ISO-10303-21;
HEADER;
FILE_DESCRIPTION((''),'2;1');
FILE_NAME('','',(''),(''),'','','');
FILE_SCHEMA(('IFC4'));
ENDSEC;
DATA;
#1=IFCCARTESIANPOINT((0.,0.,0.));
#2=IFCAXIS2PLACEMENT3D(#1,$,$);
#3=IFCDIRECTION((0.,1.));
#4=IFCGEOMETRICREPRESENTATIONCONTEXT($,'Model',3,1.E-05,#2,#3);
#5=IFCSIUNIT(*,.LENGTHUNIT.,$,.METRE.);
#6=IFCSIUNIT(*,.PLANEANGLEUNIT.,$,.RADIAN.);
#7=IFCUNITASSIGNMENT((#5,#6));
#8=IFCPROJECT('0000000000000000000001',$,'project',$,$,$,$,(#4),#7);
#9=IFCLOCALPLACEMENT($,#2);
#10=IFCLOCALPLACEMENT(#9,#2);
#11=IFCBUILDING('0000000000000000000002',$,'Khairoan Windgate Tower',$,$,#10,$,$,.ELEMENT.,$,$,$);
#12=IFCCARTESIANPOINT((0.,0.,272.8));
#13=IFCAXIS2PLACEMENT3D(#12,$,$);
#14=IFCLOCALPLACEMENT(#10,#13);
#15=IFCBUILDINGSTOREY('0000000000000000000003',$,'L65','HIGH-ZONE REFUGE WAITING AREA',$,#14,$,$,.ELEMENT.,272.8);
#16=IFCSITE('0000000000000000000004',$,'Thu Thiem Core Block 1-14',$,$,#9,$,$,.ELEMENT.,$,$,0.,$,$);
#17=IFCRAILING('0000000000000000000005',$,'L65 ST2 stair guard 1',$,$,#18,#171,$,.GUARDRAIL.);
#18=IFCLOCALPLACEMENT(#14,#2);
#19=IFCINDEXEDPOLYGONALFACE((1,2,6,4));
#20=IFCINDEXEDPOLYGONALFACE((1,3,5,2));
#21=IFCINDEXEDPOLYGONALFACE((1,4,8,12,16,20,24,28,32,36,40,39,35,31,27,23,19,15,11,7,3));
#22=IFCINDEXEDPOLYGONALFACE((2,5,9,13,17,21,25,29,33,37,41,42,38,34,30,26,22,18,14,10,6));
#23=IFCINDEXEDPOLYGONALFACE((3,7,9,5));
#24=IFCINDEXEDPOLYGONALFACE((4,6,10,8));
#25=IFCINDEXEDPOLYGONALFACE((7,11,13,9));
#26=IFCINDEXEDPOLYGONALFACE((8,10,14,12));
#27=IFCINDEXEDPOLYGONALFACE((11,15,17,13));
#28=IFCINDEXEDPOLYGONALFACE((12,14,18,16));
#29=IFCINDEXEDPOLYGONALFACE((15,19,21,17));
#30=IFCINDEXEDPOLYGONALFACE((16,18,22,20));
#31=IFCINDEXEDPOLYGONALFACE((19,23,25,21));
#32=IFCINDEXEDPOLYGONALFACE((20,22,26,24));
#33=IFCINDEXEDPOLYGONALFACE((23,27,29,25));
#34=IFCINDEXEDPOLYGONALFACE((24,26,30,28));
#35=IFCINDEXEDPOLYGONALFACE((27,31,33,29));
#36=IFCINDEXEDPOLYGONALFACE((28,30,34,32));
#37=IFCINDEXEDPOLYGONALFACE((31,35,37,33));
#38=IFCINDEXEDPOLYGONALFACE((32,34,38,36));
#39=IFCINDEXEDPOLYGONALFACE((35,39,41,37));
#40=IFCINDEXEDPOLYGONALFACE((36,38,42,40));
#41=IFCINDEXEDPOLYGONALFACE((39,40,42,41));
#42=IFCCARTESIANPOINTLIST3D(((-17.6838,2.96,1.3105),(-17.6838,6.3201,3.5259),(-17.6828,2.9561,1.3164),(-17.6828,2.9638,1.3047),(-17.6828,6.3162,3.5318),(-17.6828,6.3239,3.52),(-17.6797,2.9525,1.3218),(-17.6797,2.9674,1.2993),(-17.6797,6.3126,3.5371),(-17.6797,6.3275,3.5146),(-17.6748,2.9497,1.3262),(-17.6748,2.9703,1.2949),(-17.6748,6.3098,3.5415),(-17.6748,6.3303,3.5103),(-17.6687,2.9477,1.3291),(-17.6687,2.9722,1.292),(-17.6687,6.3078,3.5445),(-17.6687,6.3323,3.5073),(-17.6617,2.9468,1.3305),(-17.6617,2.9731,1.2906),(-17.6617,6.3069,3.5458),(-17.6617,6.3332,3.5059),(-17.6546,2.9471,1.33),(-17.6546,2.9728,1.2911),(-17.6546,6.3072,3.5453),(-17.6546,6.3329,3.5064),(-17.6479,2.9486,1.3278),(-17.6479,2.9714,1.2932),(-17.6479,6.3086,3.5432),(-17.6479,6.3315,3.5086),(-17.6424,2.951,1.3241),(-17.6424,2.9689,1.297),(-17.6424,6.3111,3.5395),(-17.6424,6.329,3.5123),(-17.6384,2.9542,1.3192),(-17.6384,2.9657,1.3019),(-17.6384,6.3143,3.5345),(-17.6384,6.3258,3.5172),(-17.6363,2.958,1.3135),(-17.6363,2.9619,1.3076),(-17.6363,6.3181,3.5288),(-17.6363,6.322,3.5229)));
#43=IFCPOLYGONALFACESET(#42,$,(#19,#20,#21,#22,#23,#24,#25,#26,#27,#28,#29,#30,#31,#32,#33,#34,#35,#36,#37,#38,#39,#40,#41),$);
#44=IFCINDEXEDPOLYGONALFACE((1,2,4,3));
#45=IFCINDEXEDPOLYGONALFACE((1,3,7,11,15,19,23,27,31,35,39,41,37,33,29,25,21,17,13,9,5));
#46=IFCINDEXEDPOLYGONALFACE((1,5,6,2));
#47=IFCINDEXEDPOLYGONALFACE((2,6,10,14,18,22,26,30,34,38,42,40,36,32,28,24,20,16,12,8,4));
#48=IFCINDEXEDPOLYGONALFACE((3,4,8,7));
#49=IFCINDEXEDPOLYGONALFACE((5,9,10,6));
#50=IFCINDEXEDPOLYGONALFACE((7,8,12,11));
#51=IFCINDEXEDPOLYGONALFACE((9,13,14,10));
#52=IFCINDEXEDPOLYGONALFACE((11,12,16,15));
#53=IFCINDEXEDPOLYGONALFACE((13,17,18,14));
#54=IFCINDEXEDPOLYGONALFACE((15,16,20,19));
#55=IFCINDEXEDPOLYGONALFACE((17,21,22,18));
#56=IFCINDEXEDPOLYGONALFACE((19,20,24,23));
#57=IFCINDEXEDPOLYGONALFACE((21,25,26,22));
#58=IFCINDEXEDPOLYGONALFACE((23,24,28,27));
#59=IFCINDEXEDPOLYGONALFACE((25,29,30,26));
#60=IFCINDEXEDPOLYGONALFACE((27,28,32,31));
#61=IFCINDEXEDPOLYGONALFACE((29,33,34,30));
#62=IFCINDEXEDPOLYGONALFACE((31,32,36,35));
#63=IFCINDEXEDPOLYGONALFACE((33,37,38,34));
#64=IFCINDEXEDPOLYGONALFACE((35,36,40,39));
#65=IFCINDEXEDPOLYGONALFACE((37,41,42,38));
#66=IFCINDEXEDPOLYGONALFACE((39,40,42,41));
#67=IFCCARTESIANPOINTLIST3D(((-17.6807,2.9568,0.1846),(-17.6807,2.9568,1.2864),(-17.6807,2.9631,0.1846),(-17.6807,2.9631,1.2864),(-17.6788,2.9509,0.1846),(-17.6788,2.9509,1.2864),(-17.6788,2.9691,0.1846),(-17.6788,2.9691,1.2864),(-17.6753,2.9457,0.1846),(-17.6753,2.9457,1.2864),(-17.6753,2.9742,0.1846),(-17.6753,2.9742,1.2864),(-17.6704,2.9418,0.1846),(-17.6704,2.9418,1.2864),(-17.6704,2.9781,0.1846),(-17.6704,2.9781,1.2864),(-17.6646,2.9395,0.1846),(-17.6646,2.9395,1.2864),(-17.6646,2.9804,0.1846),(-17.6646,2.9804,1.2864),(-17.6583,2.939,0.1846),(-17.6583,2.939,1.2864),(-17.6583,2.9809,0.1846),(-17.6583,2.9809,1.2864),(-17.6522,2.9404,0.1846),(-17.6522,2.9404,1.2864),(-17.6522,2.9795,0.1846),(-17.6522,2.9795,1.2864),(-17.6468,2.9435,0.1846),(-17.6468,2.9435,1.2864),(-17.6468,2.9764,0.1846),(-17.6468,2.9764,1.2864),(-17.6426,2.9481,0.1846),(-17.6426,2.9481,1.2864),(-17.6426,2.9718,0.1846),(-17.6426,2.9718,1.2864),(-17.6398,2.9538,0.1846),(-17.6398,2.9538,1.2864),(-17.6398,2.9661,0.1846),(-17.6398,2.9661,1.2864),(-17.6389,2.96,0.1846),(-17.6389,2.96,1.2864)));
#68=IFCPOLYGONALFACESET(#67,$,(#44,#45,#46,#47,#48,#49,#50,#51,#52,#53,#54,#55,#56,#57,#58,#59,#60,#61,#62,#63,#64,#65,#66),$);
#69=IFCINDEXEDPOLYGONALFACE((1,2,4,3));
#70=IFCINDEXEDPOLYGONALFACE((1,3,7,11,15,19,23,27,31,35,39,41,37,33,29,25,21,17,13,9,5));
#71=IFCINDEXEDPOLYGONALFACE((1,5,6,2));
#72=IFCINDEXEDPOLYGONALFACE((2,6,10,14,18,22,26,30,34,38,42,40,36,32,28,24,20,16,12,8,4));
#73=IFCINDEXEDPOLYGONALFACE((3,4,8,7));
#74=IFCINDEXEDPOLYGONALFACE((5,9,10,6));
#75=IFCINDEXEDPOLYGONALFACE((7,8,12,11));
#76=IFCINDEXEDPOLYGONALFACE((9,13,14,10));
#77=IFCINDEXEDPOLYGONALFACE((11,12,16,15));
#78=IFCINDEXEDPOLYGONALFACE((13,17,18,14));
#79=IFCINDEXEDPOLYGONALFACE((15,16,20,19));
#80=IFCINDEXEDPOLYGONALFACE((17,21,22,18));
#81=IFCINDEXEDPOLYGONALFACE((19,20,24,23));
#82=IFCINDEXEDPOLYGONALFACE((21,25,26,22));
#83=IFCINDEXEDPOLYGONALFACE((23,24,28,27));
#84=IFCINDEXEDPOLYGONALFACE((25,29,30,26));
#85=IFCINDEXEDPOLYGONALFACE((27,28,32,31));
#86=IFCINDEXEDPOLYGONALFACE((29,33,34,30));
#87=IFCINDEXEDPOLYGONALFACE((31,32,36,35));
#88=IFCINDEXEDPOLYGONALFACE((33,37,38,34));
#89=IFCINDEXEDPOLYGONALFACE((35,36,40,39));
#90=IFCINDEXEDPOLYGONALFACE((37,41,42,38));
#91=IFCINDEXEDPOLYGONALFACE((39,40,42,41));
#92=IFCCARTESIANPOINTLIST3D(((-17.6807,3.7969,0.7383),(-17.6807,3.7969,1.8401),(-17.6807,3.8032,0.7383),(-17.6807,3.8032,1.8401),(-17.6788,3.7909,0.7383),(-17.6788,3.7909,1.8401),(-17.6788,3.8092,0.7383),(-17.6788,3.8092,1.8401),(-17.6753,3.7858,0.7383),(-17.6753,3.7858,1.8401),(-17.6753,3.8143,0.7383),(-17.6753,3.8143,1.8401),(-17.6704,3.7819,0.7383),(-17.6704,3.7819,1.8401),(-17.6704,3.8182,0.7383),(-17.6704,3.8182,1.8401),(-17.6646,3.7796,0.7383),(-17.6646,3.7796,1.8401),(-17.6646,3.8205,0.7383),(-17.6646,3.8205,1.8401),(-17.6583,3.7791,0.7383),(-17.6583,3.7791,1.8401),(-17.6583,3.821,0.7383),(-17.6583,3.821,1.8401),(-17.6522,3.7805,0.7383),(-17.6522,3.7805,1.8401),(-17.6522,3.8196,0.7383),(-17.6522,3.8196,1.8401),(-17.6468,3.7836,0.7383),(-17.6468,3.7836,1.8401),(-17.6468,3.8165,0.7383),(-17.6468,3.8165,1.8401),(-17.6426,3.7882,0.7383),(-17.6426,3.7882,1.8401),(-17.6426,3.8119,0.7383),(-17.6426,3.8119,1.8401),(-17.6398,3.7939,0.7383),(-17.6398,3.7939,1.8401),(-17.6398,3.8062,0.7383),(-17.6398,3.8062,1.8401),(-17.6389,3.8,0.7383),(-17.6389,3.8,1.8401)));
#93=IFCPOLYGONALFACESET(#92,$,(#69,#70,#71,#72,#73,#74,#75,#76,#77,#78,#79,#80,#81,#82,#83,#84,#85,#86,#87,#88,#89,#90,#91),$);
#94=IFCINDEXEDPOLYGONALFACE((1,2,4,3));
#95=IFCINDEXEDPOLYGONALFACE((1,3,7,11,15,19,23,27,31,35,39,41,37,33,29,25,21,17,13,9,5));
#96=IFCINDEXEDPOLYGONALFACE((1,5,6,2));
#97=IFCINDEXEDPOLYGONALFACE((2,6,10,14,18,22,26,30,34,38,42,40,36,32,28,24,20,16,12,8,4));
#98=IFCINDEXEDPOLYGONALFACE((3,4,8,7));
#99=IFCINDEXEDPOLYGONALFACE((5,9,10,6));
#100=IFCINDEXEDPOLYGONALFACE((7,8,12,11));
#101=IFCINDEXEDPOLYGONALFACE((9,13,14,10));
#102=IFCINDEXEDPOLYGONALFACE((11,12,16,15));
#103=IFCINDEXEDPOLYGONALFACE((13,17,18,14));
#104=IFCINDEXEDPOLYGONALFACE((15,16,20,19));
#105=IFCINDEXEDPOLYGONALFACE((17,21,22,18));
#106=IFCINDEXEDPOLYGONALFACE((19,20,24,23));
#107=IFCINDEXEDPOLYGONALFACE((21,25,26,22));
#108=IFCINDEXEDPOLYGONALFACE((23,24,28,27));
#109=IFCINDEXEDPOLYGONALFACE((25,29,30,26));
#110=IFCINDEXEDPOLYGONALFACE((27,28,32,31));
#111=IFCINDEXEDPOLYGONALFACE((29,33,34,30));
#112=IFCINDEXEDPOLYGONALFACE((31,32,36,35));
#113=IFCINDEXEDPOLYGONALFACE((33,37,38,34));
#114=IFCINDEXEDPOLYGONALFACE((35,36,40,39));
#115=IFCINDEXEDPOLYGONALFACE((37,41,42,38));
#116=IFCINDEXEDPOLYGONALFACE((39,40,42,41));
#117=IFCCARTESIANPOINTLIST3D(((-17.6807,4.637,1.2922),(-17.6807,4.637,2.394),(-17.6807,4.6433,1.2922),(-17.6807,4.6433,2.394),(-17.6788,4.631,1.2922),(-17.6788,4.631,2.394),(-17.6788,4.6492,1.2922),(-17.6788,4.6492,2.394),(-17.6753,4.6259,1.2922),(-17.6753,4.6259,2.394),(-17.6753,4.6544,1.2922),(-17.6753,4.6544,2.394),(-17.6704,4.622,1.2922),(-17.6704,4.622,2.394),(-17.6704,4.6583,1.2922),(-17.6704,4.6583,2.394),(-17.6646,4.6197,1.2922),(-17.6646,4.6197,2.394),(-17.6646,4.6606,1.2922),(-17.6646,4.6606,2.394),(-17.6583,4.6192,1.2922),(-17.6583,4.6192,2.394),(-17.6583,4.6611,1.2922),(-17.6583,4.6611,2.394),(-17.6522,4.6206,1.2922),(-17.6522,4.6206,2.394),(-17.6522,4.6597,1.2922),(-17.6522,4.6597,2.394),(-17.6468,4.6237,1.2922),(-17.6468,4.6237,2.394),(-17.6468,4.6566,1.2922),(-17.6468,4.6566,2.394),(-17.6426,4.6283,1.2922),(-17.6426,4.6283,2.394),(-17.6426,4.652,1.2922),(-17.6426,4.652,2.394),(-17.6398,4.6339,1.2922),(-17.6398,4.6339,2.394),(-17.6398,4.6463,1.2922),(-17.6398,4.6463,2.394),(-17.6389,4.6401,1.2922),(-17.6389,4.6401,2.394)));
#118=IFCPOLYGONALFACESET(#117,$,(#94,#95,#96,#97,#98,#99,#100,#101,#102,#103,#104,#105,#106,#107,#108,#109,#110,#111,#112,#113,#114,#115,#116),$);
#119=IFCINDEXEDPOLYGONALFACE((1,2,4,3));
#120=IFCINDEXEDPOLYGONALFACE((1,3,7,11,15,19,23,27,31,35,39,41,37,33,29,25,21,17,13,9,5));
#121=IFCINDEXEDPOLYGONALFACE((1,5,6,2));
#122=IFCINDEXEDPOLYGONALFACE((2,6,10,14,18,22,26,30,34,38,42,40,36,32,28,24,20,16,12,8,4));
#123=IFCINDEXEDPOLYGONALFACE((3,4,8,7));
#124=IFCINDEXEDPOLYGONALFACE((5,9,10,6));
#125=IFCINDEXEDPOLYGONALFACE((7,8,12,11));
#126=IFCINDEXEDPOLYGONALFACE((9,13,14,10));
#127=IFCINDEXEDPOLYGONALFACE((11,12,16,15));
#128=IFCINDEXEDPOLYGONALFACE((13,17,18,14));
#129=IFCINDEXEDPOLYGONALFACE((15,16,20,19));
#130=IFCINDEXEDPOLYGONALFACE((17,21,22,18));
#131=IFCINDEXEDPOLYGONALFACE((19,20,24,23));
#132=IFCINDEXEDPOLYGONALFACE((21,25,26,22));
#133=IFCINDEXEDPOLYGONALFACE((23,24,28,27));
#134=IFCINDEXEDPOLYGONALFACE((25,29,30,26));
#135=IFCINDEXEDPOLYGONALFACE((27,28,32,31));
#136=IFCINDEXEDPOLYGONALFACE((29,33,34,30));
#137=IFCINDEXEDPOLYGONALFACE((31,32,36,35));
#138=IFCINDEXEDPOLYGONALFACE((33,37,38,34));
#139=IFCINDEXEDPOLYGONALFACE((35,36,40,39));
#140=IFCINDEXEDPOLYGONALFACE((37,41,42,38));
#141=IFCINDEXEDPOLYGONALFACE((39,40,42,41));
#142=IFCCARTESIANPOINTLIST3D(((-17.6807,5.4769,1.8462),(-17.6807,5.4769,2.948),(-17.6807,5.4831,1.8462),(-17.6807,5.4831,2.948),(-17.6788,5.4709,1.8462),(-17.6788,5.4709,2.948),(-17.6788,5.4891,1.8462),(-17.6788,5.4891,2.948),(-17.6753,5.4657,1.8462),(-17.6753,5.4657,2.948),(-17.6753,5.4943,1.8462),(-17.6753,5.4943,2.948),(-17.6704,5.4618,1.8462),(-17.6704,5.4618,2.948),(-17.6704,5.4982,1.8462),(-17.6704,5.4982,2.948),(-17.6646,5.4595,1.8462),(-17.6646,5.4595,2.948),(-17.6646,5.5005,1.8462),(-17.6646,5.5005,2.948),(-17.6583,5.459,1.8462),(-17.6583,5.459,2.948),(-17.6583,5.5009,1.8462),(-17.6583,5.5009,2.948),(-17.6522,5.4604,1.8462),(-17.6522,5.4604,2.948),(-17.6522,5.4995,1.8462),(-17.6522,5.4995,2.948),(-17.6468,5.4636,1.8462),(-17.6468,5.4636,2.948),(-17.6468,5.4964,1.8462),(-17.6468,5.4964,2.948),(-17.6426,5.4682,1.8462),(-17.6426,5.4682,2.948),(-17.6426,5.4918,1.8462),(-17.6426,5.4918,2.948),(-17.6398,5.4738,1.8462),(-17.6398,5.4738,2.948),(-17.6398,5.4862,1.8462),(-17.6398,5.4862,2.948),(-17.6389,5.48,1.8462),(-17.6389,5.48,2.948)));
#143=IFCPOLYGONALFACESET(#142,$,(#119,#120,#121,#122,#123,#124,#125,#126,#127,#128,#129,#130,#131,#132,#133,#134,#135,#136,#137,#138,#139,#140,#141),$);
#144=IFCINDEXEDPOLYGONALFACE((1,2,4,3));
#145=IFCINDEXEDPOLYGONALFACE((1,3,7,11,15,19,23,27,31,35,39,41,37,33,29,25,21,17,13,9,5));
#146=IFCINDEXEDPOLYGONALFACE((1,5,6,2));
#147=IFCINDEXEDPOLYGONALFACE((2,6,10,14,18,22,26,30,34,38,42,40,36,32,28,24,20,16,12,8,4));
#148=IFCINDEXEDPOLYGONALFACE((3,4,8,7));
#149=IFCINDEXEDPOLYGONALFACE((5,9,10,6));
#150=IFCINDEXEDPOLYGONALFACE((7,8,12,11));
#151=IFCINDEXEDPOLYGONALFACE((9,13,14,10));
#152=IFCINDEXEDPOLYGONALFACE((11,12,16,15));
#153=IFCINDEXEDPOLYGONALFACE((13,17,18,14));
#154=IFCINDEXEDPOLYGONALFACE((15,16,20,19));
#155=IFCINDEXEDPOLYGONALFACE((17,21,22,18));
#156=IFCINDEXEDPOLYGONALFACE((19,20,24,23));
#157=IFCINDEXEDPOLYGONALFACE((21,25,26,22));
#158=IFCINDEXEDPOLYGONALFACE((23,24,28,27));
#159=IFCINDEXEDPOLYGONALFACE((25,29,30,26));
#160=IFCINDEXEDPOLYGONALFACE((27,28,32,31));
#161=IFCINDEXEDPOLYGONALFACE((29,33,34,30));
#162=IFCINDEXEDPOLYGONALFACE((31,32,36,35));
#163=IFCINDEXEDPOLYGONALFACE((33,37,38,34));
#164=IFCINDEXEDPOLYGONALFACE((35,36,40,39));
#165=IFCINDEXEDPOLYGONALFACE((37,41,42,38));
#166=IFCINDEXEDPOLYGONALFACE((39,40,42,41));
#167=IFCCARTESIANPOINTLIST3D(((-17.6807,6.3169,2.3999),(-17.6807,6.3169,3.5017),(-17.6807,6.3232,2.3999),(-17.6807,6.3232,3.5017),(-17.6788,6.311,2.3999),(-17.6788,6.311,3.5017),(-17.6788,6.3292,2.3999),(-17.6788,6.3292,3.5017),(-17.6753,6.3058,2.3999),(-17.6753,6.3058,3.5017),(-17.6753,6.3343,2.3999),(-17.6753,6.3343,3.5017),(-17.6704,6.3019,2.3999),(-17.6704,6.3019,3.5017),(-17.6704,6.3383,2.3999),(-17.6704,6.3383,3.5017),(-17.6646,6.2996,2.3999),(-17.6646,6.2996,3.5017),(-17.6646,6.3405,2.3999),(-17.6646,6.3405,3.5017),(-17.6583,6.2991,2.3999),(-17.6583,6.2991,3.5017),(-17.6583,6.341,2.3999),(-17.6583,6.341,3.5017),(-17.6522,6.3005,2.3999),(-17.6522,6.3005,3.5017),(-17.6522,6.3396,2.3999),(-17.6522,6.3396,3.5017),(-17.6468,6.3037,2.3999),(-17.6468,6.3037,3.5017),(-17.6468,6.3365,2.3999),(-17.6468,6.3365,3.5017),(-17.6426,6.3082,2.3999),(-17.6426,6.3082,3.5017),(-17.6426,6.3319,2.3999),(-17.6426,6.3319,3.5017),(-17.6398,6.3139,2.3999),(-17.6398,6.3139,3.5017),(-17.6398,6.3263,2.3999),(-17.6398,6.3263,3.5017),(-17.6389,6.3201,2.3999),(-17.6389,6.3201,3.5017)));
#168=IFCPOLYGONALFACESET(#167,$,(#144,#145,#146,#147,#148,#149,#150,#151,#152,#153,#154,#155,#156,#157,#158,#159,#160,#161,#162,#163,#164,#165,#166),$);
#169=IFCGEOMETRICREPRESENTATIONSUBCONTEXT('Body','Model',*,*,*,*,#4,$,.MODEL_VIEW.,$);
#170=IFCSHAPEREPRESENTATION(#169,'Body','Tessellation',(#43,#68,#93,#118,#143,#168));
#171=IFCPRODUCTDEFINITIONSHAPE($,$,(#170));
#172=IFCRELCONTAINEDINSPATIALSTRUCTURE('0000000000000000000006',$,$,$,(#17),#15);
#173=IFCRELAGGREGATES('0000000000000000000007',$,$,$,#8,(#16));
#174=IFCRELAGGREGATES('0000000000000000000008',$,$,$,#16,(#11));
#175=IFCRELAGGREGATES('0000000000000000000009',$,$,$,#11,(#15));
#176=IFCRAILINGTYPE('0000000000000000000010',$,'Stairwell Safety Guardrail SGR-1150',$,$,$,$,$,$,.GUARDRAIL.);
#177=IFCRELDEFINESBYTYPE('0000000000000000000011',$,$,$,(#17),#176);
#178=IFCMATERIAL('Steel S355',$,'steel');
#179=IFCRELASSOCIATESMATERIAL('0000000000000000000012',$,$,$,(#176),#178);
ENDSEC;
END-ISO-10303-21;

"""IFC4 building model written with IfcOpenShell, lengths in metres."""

from ifc_helpers import new_model, si_unit, direction, frame, origin, origin_2d, place, context, subcontext, project, spatial, circle, extrude, material, type_object, element, save


model = new_model("IFC4")

# Units and contexts
model_context = context("Model", 3, precision=1e-05, world=origin(), true_north=direction((0.0, 1.0)))
body_context = subcontext(model_context, "Body", "Model", "MODEL_VIEW")
ifc_project = project(units=[si_unit("LENGTHUNIT", "METRE"), si_unit("PLANEANGLEUNIT", "RADIAN")], contexts=[model_context])

# Site, building, storey
site_placement = place(None, origin())
site = spatial("IfcSite", under=ifc_project, at=site_placement, Name="Thu Thiem Core Block 1-14", CompositionType="ELEMENT", RefElevation=0.0)
building_placement = place(site_placement, origin())
building = spatial("IfcBuilding", under=site, at=building_placement, Name="Khairoan Windgate Tower", CompositionType="ELEMENT")
storey_placement = place(building_placement, frame((0.0, 0.0, 272.8)))
storey = spatial("IfcBuildingStorey", under=building, at=storey_placement, Name="L65", Description="HIGH-ZONE REFUGE WAITING AREA", CompositionType="ELEMENT", Elevation=272.8)

# Railing
ifc_material_1 = material(Name="Steel S355", Category="steel")
railing_type_1 = type_object("IfcRailingType", Name="Stairwell Safety Guardrail SGR-1150", PredefinedType="GUARDRAIL", material=ifc_material_1)
railing_1_placement = place(storey_placement, frame((-17.6599, 2.96, 0.1846)))
element("IfcRailing", 1, at=railing_1_placement, inside=storey, type_object=railing_type_1, Name="L65 ST2 stair guard 1", PredefinedType="GUARDRAIL", context=body_context, shape_type="SweptSolid", body=[
    extrude(circle(Radius=0.0239, at=origin_2d()), frame((0.0, 0.0, 1.126), z_axis=(0.0, 0.834876, 0.550437), x_axis=(-1.0, 0.0, 0.0)), (0.0, 0.0, 1.0), 4.0247),
    extrude(circle(Radius=0.021, at=origin_2d()), origin(), (0.0, 0.0, 1.0), 1.1018),
    extrude(circle(Radius=0.021, at=origin_2d()), frame((0.0, 0.8401, 0.5537)), (0.0, 0.0, 1.0), 1.1018),
    extrude(circle(Radius=0.021, at=origin_2d()), frame((0.0, 1.6802, 1.1077)), (0.0, 0.0, 1.0), 1.1018),
    extrude(circle(Radius=0.021, at=origin_2d()), frame((0.0, 2.52, 1.6616)), (0.0, 0.0, 1.0), 1.1018),
    extrude(circle(Radius=0.021, at=origin_2d()), frame((0.0, 3.3601, 2.2153)), (0.0, 0.0, 1.0), 1.1018),
])

save(model, "model.ifc")
